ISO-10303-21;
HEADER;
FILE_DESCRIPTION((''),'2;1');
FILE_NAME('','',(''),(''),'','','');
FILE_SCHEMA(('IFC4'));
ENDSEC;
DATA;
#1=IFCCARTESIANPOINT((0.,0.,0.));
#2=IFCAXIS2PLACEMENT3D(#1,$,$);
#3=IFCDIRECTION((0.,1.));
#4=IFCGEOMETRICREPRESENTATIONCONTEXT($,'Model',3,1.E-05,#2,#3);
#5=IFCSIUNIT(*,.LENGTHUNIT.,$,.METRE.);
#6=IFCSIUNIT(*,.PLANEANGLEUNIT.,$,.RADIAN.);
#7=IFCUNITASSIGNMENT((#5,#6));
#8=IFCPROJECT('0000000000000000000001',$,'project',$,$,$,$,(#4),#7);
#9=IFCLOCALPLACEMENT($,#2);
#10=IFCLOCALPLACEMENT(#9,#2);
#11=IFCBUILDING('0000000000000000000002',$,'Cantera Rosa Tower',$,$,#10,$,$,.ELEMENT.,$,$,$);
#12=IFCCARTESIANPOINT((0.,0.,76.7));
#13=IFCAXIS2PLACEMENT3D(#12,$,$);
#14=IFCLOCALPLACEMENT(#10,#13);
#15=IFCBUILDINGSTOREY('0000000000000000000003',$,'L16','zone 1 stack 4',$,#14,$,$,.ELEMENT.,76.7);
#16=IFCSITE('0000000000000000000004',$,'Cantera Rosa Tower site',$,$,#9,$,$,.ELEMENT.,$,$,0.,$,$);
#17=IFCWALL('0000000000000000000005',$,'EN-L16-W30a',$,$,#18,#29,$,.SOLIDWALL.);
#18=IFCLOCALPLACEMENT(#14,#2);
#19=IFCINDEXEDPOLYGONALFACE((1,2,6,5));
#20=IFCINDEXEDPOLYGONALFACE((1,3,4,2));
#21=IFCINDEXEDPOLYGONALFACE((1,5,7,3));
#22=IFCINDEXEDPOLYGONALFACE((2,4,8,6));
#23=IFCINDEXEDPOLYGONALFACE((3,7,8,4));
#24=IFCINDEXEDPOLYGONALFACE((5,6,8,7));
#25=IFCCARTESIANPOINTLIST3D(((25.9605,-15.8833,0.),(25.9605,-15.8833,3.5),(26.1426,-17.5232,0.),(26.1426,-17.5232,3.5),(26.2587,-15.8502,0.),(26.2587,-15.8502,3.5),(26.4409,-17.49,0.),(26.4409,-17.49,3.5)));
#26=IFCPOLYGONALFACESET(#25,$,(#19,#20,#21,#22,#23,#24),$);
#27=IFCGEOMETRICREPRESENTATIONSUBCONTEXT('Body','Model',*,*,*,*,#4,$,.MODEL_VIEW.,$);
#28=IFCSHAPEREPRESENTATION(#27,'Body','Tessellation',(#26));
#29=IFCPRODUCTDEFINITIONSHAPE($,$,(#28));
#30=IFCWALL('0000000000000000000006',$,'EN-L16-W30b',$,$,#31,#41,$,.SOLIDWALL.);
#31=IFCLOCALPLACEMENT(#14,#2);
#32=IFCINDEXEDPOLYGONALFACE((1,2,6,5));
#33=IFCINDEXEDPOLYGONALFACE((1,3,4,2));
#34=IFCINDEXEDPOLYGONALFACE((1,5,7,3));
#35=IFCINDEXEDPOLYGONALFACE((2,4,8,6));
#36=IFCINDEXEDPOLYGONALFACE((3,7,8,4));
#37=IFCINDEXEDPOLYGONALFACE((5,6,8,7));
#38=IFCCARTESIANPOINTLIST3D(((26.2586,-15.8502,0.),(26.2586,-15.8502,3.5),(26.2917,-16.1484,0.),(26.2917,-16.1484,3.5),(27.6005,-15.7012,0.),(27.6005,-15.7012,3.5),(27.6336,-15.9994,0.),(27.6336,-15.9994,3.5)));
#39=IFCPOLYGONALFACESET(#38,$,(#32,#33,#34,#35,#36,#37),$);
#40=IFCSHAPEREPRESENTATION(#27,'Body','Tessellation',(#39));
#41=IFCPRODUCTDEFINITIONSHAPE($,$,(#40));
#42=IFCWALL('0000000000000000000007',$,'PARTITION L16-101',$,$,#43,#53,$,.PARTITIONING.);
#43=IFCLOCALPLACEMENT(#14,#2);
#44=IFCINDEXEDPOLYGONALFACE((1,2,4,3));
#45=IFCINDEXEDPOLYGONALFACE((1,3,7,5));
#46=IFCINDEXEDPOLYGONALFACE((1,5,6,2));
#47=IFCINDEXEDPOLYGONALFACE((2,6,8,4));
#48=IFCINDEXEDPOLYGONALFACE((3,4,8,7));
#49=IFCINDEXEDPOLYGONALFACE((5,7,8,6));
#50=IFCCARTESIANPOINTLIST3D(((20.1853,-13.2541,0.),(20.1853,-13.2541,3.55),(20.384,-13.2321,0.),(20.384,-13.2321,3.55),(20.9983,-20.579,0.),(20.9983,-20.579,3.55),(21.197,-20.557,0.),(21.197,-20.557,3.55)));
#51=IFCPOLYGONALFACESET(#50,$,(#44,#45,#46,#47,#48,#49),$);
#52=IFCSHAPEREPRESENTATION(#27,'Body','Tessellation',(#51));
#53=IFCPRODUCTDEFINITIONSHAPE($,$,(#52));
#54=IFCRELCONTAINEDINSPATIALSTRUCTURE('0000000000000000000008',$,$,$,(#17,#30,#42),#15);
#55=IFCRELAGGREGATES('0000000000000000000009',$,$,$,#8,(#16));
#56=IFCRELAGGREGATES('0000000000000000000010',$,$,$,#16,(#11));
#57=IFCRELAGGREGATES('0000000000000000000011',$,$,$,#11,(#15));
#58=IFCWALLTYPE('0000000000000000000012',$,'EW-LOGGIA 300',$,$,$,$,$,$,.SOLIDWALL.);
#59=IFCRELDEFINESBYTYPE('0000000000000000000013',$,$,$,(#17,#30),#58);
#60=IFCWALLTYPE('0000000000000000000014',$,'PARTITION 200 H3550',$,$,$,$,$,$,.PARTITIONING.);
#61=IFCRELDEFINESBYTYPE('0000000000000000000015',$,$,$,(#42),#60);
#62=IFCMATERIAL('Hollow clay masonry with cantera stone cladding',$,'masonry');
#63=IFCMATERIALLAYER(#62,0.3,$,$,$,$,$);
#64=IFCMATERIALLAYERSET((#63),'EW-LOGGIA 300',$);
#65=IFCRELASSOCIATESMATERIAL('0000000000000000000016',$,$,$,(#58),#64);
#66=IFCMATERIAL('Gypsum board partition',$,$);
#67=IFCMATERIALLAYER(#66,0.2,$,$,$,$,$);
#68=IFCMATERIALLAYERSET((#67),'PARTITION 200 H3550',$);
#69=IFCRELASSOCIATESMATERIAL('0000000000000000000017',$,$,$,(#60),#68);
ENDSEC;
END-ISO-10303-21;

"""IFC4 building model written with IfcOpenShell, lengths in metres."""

from ifc_helpers import new_model, si_unit, direction, frame, frame_2d, origin, place, context, subcontext, project, spatial, rectangle, extrude, material, layer, layer_set, type_object, element, save


model = new_model("IFC4")

# Units and contexts
model_context = context("Model", 3, precision=1e-05, world=origin(), true_north=direction((0.0, 1.0)))
body_context = subcontext(model_context, "Body", "Model", "MODEL_VIEW")
ifc_project = project(units=[si_unit("LENGTHUNIT", "METRE"), si_unit("PLANEANGLEUNIT", "RADIAN")], contexts=[model_context])

# Site, building, storey
site_placement = place(None, origin())
site = spatial("IfcSite", under=ifc_project, at=site_placement, Name="Cantera Rosa Tower site", CompositionType="ELEMENT", RefElevation=0.0)
building_placement = place(site_placement, origin())
building = spatial("IfcBuilding", under=site, at=building_placement, Name="Cantera Rosa Tower", CompositionType="ELEMENT")
storey_placement = place(building_placement, frame((0.0, 0.0, 76.7)))
storey = spatial("IfcBuildingStorey", under=building, at=storey_placement, Name="L16", Description="zone 1 stack 4", CompositionType="ELEMENT", Elevation=76.7)

# Walls
ifc_material_1 = material(Name="Hollow clay masonry with cantera stone cladding", Category="masonry")
ifc_layer_1 = layer(ifc_material_1, 0.3)
ifc_layer_set_1 = layer_set([ifc_layer_1], Name="EW-LOGGIA 300")
wall_type_1 = type_object("IfcWallType", Name="EW-LOGGIA 300", PredefinedType="SOLIDWALL", material=ifc_layer_set_1)
wall_1_placement = place(storey_placement, frame((26.2917, -17.5066, 0.0), z_axis=(0.0, 0.0, 1.0), x_axis=(-0.110383, 0.993889, 0.0)))
element("IfcWall", 1, at=wall_1_placement, inside=storey, type_object=wall_type_1, Name="EN-L16-W30a", PredefinedType="SOLIDWALL", context=body_context, shape_type="SweptSolid", body=[
    extrude(rectangle(XDim=1.6499, YDim=0.3, at=frame_2d((0.825, 0.0))), origin(), (0.0, 0.0, 1.0), 3.5),
])
wall_2_placement = place(storey_placement, frame((26.2751, -15.9993, 0.0), z_axis=(0.0, 0.0, 1.0), x_axis=(0.993897, 0.110312, 0.0)))
element("IfcWall", 2, at=wall_2_placement, inside=storey, type_object=wall_type_1, Name="EN-L16-W30b", PredefinedType="SOLIDWALL", context=body_context, shape_type="SweptSolid", body=[
    extrude(rectangle(XDim=1.3501, YDim=0.3, at=frame_2d((0.675, 0.0))), origin(), (0.0, 0.0, 1.0), 3.5),
])

# Wall
ifc_material_2 = material(Name="Gypsum board partition")
ifc_layer_2 = layer(ifc_material_2, 0.2)
ifc_layer_set_2 = layer_set([ifc_layer_2], Name="PARTITION 200 H3550")
wall_type_2 = type_object("IfcWallType", Name="PARTITION 200 H3550", PredefinedType="PARTITIONING", material=ifc_layer_set_2)
wall_3_placement = place(storey_placement, frame((21.0977, -20.5681, 0.0), z_axis=(0.0, 0.0, 1.0), x_axis=(-0.110312, 0.993897, 0.0)))
element("IfcWall", 3, at=wall_3_placement, inside=storey, type_object=wall_type_2, Name="PARTITION L16-101", PredefinedType="PARTITIONING", context=body_context, shape_type="SweptSolid", body=[
    extrude(rectangle(XDim=7.3699, YDim=0.2, at=frame_2d((3.6851, 0.0))), origin(), (0.0, 0.0, 1.0), 3.55),
])

save(model, "model.ifc")
